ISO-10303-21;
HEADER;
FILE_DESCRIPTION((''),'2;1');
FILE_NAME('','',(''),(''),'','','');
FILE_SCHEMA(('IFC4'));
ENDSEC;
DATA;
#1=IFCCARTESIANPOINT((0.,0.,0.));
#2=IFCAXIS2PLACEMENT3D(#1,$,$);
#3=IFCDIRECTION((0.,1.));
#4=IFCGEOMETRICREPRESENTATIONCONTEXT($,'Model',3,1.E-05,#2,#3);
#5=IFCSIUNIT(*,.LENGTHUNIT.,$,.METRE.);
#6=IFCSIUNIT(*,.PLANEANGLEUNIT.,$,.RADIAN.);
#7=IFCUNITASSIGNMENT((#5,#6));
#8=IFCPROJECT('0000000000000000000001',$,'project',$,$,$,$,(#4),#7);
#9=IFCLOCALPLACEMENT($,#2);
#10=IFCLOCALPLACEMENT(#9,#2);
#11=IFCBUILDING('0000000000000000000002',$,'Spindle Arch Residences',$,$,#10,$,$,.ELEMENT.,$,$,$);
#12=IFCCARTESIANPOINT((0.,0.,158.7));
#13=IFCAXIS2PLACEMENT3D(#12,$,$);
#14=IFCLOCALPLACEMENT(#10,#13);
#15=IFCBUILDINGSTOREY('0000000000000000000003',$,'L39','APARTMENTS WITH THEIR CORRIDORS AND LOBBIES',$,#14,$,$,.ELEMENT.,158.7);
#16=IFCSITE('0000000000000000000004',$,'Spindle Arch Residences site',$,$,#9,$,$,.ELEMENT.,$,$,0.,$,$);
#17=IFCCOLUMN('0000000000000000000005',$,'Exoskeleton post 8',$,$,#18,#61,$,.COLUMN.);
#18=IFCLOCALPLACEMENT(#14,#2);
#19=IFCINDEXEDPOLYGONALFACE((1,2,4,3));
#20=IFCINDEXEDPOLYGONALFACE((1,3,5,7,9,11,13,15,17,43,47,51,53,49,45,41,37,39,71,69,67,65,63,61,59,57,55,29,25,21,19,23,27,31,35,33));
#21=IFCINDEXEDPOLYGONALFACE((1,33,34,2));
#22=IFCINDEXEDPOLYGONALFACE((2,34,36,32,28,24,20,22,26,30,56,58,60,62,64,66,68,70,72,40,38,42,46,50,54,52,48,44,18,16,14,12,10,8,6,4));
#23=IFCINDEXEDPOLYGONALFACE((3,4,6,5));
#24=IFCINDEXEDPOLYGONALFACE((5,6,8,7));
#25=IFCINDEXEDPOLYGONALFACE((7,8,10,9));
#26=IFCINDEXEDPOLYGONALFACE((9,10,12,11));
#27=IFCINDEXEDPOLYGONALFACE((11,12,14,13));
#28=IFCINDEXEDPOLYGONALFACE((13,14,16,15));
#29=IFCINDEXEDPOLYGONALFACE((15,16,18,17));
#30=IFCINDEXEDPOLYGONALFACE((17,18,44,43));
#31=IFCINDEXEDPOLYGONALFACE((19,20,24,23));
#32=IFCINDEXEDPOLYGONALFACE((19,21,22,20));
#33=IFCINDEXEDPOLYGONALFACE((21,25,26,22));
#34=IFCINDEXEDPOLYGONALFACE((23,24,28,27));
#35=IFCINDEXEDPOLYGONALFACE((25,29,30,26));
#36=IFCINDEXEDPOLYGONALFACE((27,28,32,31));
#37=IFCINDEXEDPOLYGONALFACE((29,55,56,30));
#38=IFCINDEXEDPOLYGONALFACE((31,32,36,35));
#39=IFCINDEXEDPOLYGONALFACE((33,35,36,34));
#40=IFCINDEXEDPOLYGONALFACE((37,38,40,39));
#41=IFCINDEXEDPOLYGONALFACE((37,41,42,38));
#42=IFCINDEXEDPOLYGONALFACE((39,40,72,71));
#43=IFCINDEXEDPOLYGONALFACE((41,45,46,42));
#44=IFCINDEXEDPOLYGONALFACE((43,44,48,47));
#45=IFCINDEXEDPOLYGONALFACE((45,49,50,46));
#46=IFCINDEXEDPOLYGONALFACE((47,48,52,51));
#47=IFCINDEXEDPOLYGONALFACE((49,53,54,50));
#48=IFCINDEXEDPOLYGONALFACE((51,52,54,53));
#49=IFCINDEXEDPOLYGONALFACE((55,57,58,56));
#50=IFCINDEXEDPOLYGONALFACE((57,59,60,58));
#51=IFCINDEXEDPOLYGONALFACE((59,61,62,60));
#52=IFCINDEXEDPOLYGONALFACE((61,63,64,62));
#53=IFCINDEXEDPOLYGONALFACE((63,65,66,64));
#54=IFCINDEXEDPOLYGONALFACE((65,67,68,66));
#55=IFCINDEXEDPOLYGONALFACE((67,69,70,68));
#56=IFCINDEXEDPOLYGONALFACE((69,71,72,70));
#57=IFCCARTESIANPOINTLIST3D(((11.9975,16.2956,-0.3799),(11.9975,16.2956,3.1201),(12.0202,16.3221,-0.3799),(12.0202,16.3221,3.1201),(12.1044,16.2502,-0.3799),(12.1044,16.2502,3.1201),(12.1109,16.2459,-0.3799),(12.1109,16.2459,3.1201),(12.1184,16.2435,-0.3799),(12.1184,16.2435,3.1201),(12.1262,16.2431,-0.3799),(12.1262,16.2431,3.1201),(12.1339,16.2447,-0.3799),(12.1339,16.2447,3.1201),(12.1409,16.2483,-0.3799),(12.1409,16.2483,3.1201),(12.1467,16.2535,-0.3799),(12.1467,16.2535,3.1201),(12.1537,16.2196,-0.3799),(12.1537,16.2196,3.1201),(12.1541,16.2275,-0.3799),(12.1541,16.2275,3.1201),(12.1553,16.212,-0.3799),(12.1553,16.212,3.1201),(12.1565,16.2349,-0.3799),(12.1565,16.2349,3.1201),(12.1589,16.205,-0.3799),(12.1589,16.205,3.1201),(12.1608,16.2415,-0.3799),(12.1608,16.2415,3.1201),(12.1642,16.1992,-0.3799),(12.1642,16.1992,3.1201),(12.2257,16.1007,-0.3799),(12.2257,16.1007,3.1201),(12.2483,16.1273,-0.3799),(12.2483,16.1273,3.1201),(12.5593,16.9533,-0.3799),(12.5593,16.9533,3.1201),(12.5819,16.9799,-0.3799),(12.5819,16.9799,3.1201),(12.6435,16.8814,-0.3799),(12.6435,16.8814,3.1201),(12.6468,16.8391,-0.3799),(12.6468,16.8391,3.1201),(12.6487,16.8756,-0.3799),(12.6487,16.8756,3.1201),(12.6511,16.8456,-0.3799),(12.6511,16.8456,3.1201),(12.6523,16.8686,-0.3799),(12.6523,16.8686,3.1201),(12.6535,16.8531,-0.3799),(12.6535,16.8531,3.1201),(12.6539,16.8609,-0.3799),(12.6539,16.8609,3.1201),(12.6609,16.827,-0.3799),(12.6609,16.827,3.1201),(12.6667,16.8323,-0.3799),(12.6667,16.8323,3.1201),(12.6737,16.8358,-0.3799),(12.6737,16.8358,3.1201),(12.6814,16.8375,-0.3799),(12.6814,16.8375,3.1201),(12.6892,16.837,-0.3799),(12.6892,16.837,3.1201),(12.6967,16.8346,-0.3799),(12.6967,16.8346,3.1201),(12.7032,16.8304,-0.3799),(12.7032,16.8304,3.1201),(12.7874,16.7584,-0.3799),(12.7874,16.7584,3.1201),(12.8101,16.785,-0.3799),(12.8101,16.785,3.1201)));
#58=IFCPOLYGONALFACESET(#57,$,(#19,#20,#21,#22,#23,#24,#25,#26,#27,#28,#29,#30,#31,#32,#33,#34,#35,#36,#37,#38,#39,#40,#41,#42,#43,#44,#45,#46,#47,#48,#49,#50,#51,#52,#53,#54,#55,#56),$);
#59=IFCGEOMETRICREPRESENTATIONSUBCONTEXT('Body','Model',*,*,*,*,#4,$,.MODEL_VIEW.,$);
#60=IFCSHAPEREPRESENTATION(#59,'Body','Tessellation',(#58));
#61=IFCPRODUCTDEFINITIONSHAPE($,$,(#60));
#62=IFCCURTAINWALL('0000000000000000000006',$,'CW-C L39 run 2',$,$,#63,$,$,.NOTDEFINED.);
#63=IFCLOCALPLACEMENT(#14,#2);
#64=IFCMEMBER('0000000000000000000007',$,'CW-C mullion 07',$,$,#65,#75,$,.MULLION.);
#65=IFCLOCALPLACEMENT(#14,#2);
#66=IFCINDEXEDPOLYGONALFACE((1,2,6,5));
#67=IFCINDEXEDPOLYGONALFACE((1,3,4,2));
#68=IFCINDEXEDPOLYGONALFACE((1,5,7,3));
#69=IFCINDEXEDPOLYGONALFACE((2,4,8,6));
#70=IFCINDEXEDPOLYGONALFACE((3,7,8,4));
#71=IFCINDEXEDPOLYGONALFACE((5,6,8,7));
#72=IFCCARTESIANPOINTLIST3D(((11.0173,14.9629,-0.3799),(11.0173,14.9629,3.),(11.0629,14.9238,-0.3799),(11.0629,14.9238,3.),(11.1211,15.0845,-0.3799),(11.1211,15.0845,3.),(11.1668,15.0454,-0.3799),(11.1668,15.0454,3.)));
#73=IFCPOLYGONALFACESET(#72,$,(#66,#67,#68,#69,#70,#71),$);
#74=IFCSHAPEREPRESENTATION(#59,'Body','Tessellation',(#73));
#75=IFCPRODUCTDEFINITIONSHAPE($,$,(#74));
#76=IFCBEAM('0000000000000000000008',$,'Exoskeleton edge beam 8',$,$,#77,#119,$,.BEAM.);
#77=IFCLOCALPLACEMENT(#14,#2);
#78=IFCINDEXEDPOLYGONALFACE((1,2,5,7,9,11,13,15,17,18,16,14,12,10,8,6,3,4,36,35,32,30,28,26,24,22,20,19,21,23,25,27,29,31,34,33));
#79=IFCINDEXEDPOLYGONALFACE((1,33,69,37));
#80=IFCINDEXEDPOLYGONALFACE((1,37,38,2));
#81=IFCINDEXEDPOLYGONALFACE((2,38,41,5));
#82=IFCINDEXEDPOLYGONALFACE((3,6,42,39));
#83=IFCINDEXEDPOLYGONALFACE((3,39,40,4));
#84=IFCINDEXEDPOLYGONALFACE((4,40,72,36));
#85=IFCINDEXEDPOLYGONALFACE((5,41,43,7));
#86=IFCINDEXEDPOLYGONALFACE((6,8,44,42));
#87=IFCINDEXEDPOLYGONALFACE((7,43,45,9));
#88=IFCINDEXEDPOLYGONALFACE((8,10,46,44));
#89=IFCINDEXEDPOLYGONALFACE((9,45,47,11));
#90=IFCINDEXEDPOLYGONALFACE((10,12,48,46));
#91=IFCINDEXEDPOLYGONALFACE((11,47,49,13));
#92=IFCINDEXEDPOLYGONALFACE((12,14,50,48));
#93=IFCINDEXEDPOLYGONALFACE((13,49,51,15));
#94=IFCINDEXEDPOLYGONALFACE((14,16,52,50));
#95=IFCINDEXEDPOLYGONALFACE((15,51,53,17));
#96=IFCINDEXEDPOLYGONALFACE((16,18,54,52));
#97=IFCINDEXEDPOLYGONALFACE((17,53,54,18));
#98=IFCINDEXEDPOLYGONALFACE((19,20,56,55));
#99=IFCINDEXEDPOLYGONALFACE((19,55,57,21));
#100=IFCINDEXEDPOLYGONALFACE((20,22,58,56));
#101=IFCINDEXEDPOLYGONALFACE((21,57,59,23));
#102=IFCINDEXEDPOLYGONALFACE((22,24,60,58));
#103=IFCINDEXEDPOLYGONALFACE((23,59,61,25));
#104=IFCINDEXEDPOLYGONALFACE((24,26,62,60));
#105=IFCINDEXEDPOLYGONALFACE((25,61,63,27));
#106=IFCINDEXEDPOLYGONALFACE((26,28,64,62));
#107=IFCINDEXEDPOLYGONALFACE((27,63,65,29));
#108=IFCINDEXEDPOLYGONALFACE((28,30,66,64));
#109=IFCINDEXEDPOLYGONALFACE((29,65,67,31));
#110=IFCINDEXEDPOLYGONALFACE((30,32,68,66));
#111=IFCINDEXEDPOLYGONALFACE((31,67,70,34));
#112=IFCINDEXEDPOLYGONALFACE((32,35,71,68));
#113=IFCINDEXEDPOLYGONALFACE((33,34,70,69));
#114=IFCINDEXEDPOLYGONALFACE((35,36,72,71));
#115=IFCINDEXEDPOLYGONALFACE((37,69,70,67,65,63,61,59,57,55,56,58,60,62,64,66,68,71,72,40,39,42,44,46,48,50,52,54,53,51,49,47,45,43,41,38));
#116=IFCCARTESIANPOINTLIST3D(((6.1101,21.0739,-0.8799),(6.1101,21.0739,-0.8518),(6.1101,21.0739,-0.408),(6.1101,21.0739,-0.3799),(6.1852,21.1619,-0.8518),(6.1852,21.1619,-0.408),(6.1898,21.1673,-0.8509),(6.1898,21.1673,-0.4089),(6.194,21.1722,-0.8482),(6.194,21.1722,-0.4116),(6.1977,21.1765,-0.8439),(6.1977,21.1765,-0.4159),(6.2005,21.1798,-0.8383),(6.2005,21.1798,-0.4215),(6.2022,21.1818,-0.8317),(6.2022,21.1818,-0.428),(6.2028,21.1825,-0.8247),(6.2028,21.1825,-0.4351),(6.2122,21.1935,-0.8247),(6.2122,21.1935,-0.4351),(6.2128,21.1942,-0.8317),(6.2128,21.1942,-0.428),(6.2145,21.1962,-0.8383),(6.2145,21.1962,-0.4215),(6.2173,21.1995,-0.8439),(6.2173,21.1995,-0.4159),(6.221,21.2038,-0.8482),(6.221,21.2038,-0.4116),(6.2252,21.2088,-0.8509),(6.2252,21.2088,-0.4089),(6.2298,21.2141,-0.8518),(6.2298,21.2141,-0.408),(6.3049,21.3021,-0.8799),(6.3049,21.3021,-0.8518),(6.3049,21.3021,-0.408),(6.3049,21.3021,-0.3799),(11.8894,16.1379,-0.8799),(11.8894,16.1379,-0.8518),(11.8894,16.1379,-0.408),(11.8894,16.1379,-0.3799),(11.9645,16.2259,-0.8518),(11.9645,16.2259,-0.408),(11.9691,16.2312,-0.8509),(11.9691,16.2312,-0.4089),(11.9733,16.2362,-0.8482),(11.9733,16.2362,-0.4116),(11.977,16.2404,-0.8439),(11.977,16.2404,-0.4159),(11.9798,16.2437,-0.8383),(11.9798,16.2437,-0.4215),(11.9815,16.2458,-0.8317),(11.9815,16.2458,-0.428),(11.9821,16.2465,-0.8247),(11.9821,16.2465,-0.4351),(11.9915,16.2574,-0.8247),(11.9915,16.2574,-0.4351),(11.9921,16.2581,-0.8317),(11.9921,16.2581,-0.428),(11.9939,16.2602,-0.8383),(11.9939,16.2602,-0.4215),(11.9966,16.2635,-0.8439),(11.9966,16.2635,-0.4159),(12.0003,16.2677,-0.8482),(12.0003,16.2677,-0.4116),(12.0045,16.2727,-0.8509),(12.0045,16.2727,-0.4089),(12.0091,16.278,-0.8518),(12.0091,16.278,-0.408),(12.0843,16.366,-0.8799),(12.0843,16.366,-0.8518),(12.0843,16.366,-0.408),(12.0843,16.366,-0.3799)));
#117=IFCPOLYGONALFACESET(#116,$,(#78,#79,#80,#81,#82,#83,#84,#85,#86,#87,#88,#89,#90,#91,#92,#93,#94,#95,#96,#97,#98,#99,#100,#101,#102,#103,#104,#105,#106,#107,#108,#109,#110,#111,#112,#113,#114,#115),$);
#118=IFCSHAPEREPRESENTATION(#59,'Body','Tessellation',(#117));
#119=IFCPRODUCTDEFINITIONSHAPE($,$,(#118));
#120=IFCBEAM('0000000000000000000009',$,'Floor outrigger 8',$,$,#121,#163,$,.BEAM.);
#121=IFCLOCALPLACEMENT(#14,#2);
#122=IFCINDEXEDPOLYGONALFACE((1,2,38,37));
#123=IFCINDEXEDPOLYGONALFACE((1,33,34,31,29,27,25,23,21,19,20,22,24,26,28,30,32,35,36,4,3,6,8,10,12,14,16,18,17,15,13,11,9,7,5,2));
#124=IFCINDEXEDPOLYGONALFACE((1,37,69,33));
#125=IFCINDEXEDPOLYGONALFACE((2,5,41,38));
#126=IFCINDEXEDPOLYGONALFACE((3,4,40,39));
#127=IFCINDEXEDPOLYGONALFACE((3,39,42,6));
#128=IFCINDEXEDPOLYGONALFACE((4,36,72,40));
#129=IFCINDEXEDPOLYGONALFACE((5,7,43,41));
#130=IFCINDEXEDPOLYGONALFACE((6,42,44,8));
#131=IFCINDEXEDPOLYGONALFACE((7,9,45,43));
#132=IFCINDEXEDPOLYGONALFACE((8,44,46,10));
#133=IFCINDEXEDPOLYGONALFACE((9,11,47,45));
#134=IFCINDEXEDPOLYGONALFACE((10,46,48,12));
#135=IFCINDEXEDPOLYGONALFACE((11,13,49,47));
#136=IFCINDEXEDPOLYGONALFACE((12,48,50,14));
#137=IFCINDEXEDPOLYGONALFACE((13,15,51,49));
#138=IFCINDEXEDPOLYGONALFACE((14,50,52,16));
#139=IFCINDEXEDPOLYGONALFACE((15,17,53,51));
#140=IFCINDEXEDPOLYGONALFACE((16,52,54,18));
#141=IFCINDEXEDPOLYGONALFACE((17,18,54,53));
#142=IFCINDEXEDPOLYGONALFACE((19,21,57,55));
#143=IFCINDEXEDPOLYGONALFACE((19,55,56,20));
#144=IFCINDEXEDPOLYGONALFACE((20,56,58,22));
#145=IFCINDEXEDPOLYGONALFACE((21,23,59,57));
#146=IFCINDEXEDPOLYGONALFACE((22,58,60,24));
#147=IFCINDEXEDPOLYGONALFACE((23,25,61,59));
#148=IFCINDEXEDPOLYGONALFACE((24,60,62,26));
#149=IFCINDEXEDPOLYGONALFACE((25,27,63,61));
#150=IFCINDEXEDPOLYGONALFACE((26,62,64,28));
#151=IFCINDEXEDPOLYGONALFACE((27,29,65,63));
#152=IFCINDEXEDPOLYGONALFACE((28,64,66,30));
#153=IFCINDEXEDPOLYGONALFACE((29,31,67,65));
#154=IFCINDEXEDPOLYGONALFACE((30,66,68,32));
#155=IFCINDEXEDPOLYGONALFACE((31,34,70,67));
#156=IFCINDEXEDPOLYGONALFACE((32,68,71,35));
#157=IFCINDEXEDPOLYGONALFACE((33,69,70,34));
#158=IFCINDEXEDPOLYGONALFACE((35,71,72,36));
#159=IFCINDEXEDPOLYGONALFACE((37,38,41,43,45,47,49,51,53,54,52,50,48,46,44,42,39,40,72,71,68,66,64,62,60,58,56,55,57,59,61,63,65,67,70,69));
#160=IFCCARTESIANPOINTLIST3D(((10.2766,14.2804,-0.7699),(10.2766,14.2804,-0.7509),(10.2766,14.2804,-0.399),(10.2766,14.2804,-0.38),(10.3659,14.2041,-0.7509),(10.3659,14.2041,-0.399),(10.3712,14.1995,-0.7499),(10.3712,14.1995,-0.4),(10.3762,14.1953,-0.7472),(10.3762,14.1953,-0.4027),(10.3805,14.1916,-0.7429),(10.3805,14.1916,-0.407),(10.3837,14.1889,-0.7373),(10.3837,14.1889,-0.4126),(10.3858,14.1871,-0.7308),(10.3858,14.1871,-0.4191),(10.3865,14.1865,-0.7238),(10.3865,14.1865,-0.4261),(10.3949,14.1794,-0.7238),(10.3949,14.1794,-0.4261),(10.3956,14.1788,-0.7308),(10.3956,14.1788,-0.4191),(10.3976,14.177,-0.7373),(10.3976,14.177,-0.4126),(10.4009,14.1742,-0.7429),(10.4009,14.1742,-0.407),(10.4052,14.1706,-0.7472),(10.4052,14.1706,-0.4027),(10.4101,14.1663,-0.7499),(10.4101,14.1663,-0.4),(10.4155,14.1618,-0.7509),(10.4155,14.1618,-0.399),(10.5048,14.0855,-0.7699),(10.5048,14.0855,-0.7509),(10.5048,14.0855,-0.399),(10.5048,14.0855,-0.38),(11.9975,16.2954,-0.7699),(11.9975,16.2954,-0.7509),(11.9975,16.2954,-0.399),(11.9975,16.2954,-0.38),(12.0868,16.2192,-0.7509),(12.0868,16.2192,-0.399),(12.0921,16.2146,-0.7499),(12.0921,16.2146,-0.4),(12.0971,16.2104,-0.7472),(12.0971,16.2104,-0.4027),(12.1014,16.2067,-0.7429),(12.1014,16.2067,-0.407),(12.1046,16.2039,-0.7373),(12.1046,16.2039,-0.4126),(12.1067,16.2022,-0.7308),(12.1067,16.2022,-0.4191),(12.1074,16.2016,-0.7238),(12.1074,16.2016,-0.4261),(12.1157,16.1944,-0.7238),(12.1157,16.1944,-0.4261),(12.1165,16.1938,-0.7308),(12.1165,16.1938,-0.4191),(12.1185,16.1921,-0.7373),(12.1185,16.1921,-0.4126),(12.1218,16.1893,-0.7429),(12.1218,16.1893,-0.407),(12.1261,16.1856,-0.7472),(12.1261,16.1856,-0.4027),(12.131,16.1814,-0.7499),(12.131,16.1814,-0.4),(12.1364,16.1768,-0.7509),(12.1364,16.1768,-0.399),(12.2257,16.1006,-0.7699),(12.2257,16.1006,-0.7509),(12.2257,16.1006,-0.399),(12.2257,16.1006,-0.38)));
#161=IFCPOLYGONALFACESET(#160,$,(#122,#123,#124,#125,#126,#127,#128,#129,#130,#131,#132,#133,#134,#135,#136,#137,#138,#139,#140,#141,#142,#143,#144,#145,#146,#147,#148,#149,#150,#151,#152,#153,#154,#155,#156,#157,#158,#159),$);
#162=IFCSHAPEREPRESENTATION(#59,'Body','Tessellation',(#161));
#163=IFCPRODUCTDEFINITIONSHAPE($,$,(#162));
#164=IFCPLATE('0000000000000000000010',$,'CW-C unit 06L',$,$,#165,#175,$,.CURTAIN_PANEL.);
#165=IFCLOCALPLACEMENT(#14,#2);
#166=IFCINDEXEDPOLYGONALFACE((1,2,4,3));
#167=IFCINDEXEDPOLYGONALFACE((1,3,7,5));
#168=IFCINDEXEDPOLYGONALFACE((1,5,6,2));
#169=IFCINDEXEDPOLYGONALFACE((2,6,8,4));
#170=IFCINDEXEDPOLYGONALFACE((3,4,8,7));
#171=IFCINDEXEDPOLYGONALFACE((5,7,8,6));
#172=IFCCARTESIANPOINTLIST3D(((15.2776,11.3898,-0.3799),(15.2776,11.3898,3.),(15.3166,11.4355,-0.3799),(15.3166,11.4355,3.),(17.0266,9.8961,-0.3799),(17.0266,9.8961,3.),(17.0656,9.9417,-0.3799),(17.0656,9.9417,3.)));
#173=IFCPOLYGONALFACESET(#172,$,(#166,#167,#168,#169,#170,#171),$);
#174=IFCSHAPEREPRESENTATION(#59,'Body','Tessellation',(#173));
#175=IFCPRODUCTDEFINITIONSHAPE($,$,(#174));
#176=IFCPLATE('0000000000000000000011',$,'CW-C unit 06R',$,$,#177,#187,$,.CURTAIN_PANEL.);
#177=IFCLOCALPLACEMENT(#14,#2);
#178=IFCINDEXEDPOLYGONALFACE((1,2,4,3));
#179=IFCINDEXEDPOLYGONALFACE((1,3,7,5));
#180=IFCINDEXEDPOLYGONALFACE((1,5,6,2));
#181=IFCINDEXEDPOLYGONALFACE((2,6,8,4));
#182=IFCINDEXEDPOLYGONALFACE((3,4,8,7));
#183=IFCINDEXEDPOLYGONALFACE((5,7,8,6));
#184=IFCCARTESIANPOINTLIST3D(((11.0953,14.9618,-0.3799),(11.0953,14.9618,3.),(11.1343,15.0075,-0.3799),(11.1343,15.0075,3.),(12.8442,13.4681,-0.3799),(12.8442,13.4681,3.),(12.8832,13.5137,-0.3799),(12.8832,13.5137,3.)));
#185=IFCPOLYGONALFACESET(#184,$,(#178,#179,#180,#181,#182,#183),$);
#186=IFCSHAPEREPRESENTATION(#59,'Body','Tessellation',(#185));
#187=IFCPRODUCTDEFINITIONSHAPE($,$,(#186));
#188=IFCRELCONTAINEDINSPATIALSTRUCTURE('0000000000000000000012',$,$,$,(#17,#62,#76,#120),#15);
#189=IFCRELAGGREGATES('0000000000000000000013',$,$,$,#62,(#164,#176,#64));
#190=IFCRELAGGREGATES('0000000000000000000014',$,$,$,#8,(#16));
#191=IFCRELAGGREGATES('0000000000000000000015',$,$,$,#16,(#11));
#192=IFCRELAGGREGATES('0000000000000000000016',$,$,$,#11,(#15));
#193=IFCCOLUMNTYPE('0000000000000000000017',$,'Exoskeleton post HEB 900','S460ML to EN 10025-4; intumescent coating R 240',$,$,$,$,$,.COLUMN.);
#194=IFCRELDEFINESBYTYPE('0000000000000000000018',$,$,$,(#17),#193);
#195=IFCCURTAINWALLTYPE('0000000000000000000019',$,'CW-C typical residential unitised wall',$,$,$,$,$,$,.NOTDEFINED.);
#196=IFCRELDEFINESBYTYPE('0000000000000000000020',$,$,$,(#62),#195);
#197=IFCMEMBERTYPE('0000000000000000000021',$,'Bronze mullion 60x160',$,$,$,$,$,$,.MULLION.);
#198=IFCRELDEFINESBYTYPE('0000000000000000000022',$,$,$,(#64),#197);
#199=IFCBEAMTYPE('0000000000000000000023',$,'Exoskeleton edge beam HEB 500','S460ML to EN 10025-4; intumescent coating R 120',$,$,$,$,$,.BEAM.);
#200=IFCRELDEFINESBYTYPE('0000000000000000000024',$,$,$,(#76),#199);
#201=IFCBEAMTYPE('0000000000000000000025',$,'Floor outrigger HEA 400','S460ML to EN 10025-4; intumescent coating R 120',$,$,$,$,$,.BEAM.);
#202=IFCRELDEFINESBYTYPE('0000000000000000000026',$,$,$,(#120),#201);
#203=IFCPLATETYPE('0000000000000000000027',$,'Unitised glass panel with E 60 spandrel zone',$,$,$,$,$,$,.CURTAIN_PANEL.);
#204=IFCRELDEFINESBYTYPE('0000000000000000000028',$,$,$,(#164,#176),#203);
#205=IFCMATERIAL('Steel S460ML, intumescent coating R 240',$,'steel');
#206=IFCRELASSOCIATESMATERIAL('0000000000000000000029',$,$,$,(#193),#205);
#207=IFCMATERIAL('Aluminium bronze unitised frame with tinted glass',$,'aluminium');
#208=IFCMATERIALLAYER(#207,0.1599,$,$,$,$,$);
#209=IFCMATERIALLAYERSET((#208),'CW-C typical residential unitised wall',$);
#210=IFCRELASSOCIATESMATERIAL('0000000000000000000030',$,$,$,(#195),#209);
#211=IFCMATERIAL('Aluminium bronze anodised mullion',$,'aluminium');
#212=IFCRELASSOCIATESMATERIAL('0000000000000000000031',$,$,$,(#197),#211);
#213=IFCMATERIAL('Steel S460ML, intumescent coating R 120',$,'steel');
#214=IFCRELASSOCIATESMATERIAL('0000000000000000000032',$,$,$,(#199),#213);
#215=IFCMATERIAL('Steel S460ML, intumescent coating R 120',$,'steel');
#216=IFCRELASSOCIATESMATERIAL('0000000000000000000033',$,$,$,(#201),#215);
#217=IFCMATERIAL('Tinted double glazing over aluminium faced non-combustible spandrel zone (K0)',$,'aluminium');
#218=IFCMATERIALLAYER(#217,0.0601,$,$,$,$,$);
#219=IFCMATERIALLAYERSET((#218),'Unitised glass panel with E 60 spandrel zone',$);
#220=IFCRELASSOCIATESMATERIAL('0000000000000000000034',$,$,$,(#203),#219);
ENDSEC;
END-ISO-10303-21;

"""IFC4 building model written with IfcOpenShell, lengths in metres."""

from ifc_helpers import new_model, si_unit, direction, frame, origin, origin_2d, place, context, subcontext, project, spatial, rectangle, i_section, extrude, material, layer, layer_set, material_profile, profile_set, type_object, element, aggregate, save


model = new_model("IFC4")

# Units and contexts
model_context = context("Model", 3, precision=1e-05, world=origin(), true_north=direction((0.0, 1.0)))
body_context = subcontext(model_context, "Body", "Model", "MODEL_VIEW")
ifc_project = project(units=[si_unit("LENGTHUNIT", "METRE"), si_unit("PLANEANGLEUNIT", "RADIAN")], contexts=[model_context])

# Site, building, storey
site_placement = place(None, origin())
site = spatial("IfcSite", under=ifc_project, at=site_placement, Name="Spindle Arch Residences site", CompositionType="ELEMENT", RefElevation=0.0)
building_placement = place(site_placement, origin())
building = spatial("IfcBuilding", under=site, at=building_placement, Name="Spindle Arch Residences", CompositionType="ELEMENT")
storey_placement = place(building_placement, frame((0.0, 0.0, 158.7)))
storey = spatial("IfcBuildingStorey", under=building, at=storey_placement, Name="L39", Description="APARTMENTS WITH THEIR CORRIDORS AND LOBBIES", CompositionType="ELEMENT", Elevation=158.7)

# Column
ifc_material_1 = material(Name="Steel S460ML, intumescent coating R 240", Category="steel")
ifc_material_profile_1 = material_profile(ifc_material_1, i_section(OverallWidth=0.3, OverallDepth=0.8999, WebThickness=0.0186, FlangeThickness=0.0349, FilletRadius=0.03, at=origin_2d()), Name="HEB 900")
ifc_profile_set_1 = profile_set([ifc_material_profile_1], Name="Steel S460ML, intumescent coating R 240")
column_type = type_object("IfcColumnType", Name="Exoskeleton post HEB 900", Description="S460ML to EN 10025-4; intumescent coating R 240", PredefinedType="COLUMN", material=ifc_profile_set_1)
column_placement = place(storey_placement, frame((12.4038, 16.5403, -0.3799), z_axis=(0.0, 0.0, 1.0), x_axis=(0.760406, -0.649448, 0.0)))
element("IfcColumn", 1, at=column_placement, inside=storey, type_object=column_type, Name="Exoskeleton post 8", PredefinedType="COLUMN", context=body_context, shape_type="SweptSolid", body=[
    extrude(i_section(OverallWidth=0.3, OverallDepth=0.8999, WebThickness=0.0186, FlangeThickness=0.0349, FilletRadius=0.03, at=origin_2d()), origin(), (0.0, 0.0, 1.0), 3.5),
])

# Curtain wall, member
ifc_material_2 = material(Name="Aluminium bronze unitised frame with tinted glass", Category="aluminium")
ifc_layer_1 = layer(ifc_material_2, 0.1599)
ifc_layer_set_1 = layer_set([ifc_layer_1], Name="CW-C typical residential unitised wall")
curtain_wall_type = type_object("IfcCurtainWallType", Name="CW-C typical residential unitised wall", PredefinedType="NOTDEFINED", material=ifc_layer_set_1)
curtain_wall_placement = place(storey_placement, origin())
curtain_wall = element("IfcCurtainWall", 2, at=curtain_wall_placement, inside=storey, type_object=curtain_wall_type, Name="CW-C L39 run 2", PredefinedType="NOTDEFINED")
ifc_material_3 = material(Name="Aluminium bronze anodised mullion", Category="aluminium")
ifc_material_profile_2 = material_profile(ifc_material_3, rectangle(XDim=0.1599, YDim=0.0601, at=origin_2d()), Name="MU 60x160")
ifc_profile_set_2 = profile_set([ifc_material_profile_2], Name="Aluminium bronze anodised mullion")
member_type = type_object("IfcMemberType", Name="Bronze mullion 60x160", PredefinedType="MULLION", material=ifc_profile_set_2)
member_placement = place(storey_placement, frame((11.092, 15.0042, -0.3799), z_axis=(0.0, 0.0, 1.0), x_axis=(-0.649448, -0.760406, 0.0)))
member = element("IfcMember", 3, at=member_placement, type_object=member_type, Name="CW-C mullion 07", PredefinedType="MULLION", context=body_context, shape_type="SweptSolid", body=[
    extrude(rectangle(XDim=0.1599, YDim=0.0601, at=origin_2d()), origin(), (0.0, 0.0, 1.0), 3.3799),
])

# Beams
ifc_material_4 = material(Name="Steel S460ML, intumescent coating R 120", Category="steel")
ifc_material_profile_3 = material_profile(ifc_material_4, i_section(OverallWidth=0.3, OverallDepth=0.5, WebThickness=0.0144, FlangeThickness=0.0281, FilletRadius=0.0271, at=origin_2d()), Name="HEB 500")
ifc_profile_set_3 = profile_set([ifc_material_profile_3], Name="Steel S460ML, intumescent coating R 120")
beam_type_1 = type_object("IfcBeamType", Name="Exoskeleton edge beam HEB 500", Description="S460ML to EN 10025-4; intumescent coating R 120", PredefinedType="BEAM", material=ifc_profile_set_3)
beam_1_placement = place(storey_placement, frame((11.9868, 16.252, -0.6299), z_axis=(-0.760403, 0.649452, 0.0), x_axis=(-0.649452, -0.760403, 0.0)))
element("IfcBeam", 4, at=beam_1_placement, inside=storey, type_object=beam_type_1, Name="Exoskeleton edge beam 8", PredefinedType="BEAM", context=body_context, shape_type="SweptSolid", body=[
    extrude(i_section(OverallWidth=0.3, OverallDepth=0.5, WebThickness=0.0144, FlangeThickness=0.0281, FilletRadius=0.0271, at=origin_2d()), origin(), (0.0, 0.0, 1.0), 7.6003),
])
ifc_material_5 = material(Name="Steel S460ML, intumescent coating R 120", Category="steel")
ifc_material_profile_4 = material_profile(ifc_material_5, i_section(OverallWidth=0.3, OverallDepth=0.3899, WebThickness=0.011, FlangeThickness=0.019, FilletRadius=0.0271, at=origin_2d()), Name="HEA 400")
ifc_profile_set_4 = profile_set([ifc_material_profile_4], Name="Steel S460ML, intumescent coating R 120")
beam_type_2 = type_object("IfcBeamType", Name="Floor outrigger HEA 400", Description="S460ML to EN 10025-4; intumescent coating R 120", PredefinedType="BEAM", material=ifc_profile_set_4)
beam_2_placement = place(storey_placement, frame((12.1116, 16.198, -0.575), z_axis=(-0.649417, -0.760432, 0.0), x_axis=(0.760432, -0.649417, 0.0)))
element("IfcBeam", 5, at=beam_2_placement, inside=storey, type_object=beam_type_2, Name="Floor outrigger 8", PredefinedType="BEAM", context=body_context, shape_type="SweptSolid", body=[
    extrude(i_section(OverallWidth=0.3, OverallDepth=0.3899, WebThickness=0.011, FlangeThickness=0.019, FilletRadius=0.0271, at=origin_2d()), origin(), (0.0, 0.0, 1.0), 2.6499),
])

# Plates
ifc_material_6 = material(Name="Tinted double glazing over aluminium faced non-combustible spandrel zone (K0)", Category="aluminium")
ifc_layer_2 = layer(ifc_material_6, 0.0601)
ifc_layer_set_2 = layer_set([ifc_layer_2], Name="Unitised glass panel with E 60 spandrel zone")
plate_type = type_object("IfcPlateType", Name="Unitised glass panel with E 60 spandrel zone", PredefinedType="CURTAIN_PANEL", material=ifc_layer_set_2)
plate_1_placement = place(storey_placement, frame((16.1716, 10.6658, -0.3799), z_axis=(0.0, 0.0, 1.0), x_axis=(-0.760406, 0.649448, 0.0)))
plate_1 = element("IfcPlate", 6, at=plate_1_placement, type_object=plate_type, Name="CW-C unit 06L", PredefinedType="CURTAIN_PANEL", context=body_context, shape_type="SweptSolid", body=[
    extrude(rectangle(XDim=2.3, YDim=0.0601, at=origin_2d()), origin(), (0.0, 0.0, 1.0), 3.3799),
])
plate_2_placement = place(storey_placement, frame((11.9893, 14.2378, -0.3799), z_axis=(0.0, 0.0, 1.0), x_axis=(-0.760406, 0.649448, 0.0)))
plate_2 = element("IfcPlate", 7, at=plate_2_placement, type_object=plate_type, Name="CW-C unit 06R", PredefinedType="CURTAIN_PANEL", context=body_context, shape_type="SweptSolid", body=[
    extrude(rectangle(XDim=2.3, YDim=0.0601, at=origin_2d()), origin(), (0.0, 0.0, 1.0), 3.3799),
])
aggregate(curtain_wall, [plate_1, plate_2, member])

save(model, "model.ifc")
